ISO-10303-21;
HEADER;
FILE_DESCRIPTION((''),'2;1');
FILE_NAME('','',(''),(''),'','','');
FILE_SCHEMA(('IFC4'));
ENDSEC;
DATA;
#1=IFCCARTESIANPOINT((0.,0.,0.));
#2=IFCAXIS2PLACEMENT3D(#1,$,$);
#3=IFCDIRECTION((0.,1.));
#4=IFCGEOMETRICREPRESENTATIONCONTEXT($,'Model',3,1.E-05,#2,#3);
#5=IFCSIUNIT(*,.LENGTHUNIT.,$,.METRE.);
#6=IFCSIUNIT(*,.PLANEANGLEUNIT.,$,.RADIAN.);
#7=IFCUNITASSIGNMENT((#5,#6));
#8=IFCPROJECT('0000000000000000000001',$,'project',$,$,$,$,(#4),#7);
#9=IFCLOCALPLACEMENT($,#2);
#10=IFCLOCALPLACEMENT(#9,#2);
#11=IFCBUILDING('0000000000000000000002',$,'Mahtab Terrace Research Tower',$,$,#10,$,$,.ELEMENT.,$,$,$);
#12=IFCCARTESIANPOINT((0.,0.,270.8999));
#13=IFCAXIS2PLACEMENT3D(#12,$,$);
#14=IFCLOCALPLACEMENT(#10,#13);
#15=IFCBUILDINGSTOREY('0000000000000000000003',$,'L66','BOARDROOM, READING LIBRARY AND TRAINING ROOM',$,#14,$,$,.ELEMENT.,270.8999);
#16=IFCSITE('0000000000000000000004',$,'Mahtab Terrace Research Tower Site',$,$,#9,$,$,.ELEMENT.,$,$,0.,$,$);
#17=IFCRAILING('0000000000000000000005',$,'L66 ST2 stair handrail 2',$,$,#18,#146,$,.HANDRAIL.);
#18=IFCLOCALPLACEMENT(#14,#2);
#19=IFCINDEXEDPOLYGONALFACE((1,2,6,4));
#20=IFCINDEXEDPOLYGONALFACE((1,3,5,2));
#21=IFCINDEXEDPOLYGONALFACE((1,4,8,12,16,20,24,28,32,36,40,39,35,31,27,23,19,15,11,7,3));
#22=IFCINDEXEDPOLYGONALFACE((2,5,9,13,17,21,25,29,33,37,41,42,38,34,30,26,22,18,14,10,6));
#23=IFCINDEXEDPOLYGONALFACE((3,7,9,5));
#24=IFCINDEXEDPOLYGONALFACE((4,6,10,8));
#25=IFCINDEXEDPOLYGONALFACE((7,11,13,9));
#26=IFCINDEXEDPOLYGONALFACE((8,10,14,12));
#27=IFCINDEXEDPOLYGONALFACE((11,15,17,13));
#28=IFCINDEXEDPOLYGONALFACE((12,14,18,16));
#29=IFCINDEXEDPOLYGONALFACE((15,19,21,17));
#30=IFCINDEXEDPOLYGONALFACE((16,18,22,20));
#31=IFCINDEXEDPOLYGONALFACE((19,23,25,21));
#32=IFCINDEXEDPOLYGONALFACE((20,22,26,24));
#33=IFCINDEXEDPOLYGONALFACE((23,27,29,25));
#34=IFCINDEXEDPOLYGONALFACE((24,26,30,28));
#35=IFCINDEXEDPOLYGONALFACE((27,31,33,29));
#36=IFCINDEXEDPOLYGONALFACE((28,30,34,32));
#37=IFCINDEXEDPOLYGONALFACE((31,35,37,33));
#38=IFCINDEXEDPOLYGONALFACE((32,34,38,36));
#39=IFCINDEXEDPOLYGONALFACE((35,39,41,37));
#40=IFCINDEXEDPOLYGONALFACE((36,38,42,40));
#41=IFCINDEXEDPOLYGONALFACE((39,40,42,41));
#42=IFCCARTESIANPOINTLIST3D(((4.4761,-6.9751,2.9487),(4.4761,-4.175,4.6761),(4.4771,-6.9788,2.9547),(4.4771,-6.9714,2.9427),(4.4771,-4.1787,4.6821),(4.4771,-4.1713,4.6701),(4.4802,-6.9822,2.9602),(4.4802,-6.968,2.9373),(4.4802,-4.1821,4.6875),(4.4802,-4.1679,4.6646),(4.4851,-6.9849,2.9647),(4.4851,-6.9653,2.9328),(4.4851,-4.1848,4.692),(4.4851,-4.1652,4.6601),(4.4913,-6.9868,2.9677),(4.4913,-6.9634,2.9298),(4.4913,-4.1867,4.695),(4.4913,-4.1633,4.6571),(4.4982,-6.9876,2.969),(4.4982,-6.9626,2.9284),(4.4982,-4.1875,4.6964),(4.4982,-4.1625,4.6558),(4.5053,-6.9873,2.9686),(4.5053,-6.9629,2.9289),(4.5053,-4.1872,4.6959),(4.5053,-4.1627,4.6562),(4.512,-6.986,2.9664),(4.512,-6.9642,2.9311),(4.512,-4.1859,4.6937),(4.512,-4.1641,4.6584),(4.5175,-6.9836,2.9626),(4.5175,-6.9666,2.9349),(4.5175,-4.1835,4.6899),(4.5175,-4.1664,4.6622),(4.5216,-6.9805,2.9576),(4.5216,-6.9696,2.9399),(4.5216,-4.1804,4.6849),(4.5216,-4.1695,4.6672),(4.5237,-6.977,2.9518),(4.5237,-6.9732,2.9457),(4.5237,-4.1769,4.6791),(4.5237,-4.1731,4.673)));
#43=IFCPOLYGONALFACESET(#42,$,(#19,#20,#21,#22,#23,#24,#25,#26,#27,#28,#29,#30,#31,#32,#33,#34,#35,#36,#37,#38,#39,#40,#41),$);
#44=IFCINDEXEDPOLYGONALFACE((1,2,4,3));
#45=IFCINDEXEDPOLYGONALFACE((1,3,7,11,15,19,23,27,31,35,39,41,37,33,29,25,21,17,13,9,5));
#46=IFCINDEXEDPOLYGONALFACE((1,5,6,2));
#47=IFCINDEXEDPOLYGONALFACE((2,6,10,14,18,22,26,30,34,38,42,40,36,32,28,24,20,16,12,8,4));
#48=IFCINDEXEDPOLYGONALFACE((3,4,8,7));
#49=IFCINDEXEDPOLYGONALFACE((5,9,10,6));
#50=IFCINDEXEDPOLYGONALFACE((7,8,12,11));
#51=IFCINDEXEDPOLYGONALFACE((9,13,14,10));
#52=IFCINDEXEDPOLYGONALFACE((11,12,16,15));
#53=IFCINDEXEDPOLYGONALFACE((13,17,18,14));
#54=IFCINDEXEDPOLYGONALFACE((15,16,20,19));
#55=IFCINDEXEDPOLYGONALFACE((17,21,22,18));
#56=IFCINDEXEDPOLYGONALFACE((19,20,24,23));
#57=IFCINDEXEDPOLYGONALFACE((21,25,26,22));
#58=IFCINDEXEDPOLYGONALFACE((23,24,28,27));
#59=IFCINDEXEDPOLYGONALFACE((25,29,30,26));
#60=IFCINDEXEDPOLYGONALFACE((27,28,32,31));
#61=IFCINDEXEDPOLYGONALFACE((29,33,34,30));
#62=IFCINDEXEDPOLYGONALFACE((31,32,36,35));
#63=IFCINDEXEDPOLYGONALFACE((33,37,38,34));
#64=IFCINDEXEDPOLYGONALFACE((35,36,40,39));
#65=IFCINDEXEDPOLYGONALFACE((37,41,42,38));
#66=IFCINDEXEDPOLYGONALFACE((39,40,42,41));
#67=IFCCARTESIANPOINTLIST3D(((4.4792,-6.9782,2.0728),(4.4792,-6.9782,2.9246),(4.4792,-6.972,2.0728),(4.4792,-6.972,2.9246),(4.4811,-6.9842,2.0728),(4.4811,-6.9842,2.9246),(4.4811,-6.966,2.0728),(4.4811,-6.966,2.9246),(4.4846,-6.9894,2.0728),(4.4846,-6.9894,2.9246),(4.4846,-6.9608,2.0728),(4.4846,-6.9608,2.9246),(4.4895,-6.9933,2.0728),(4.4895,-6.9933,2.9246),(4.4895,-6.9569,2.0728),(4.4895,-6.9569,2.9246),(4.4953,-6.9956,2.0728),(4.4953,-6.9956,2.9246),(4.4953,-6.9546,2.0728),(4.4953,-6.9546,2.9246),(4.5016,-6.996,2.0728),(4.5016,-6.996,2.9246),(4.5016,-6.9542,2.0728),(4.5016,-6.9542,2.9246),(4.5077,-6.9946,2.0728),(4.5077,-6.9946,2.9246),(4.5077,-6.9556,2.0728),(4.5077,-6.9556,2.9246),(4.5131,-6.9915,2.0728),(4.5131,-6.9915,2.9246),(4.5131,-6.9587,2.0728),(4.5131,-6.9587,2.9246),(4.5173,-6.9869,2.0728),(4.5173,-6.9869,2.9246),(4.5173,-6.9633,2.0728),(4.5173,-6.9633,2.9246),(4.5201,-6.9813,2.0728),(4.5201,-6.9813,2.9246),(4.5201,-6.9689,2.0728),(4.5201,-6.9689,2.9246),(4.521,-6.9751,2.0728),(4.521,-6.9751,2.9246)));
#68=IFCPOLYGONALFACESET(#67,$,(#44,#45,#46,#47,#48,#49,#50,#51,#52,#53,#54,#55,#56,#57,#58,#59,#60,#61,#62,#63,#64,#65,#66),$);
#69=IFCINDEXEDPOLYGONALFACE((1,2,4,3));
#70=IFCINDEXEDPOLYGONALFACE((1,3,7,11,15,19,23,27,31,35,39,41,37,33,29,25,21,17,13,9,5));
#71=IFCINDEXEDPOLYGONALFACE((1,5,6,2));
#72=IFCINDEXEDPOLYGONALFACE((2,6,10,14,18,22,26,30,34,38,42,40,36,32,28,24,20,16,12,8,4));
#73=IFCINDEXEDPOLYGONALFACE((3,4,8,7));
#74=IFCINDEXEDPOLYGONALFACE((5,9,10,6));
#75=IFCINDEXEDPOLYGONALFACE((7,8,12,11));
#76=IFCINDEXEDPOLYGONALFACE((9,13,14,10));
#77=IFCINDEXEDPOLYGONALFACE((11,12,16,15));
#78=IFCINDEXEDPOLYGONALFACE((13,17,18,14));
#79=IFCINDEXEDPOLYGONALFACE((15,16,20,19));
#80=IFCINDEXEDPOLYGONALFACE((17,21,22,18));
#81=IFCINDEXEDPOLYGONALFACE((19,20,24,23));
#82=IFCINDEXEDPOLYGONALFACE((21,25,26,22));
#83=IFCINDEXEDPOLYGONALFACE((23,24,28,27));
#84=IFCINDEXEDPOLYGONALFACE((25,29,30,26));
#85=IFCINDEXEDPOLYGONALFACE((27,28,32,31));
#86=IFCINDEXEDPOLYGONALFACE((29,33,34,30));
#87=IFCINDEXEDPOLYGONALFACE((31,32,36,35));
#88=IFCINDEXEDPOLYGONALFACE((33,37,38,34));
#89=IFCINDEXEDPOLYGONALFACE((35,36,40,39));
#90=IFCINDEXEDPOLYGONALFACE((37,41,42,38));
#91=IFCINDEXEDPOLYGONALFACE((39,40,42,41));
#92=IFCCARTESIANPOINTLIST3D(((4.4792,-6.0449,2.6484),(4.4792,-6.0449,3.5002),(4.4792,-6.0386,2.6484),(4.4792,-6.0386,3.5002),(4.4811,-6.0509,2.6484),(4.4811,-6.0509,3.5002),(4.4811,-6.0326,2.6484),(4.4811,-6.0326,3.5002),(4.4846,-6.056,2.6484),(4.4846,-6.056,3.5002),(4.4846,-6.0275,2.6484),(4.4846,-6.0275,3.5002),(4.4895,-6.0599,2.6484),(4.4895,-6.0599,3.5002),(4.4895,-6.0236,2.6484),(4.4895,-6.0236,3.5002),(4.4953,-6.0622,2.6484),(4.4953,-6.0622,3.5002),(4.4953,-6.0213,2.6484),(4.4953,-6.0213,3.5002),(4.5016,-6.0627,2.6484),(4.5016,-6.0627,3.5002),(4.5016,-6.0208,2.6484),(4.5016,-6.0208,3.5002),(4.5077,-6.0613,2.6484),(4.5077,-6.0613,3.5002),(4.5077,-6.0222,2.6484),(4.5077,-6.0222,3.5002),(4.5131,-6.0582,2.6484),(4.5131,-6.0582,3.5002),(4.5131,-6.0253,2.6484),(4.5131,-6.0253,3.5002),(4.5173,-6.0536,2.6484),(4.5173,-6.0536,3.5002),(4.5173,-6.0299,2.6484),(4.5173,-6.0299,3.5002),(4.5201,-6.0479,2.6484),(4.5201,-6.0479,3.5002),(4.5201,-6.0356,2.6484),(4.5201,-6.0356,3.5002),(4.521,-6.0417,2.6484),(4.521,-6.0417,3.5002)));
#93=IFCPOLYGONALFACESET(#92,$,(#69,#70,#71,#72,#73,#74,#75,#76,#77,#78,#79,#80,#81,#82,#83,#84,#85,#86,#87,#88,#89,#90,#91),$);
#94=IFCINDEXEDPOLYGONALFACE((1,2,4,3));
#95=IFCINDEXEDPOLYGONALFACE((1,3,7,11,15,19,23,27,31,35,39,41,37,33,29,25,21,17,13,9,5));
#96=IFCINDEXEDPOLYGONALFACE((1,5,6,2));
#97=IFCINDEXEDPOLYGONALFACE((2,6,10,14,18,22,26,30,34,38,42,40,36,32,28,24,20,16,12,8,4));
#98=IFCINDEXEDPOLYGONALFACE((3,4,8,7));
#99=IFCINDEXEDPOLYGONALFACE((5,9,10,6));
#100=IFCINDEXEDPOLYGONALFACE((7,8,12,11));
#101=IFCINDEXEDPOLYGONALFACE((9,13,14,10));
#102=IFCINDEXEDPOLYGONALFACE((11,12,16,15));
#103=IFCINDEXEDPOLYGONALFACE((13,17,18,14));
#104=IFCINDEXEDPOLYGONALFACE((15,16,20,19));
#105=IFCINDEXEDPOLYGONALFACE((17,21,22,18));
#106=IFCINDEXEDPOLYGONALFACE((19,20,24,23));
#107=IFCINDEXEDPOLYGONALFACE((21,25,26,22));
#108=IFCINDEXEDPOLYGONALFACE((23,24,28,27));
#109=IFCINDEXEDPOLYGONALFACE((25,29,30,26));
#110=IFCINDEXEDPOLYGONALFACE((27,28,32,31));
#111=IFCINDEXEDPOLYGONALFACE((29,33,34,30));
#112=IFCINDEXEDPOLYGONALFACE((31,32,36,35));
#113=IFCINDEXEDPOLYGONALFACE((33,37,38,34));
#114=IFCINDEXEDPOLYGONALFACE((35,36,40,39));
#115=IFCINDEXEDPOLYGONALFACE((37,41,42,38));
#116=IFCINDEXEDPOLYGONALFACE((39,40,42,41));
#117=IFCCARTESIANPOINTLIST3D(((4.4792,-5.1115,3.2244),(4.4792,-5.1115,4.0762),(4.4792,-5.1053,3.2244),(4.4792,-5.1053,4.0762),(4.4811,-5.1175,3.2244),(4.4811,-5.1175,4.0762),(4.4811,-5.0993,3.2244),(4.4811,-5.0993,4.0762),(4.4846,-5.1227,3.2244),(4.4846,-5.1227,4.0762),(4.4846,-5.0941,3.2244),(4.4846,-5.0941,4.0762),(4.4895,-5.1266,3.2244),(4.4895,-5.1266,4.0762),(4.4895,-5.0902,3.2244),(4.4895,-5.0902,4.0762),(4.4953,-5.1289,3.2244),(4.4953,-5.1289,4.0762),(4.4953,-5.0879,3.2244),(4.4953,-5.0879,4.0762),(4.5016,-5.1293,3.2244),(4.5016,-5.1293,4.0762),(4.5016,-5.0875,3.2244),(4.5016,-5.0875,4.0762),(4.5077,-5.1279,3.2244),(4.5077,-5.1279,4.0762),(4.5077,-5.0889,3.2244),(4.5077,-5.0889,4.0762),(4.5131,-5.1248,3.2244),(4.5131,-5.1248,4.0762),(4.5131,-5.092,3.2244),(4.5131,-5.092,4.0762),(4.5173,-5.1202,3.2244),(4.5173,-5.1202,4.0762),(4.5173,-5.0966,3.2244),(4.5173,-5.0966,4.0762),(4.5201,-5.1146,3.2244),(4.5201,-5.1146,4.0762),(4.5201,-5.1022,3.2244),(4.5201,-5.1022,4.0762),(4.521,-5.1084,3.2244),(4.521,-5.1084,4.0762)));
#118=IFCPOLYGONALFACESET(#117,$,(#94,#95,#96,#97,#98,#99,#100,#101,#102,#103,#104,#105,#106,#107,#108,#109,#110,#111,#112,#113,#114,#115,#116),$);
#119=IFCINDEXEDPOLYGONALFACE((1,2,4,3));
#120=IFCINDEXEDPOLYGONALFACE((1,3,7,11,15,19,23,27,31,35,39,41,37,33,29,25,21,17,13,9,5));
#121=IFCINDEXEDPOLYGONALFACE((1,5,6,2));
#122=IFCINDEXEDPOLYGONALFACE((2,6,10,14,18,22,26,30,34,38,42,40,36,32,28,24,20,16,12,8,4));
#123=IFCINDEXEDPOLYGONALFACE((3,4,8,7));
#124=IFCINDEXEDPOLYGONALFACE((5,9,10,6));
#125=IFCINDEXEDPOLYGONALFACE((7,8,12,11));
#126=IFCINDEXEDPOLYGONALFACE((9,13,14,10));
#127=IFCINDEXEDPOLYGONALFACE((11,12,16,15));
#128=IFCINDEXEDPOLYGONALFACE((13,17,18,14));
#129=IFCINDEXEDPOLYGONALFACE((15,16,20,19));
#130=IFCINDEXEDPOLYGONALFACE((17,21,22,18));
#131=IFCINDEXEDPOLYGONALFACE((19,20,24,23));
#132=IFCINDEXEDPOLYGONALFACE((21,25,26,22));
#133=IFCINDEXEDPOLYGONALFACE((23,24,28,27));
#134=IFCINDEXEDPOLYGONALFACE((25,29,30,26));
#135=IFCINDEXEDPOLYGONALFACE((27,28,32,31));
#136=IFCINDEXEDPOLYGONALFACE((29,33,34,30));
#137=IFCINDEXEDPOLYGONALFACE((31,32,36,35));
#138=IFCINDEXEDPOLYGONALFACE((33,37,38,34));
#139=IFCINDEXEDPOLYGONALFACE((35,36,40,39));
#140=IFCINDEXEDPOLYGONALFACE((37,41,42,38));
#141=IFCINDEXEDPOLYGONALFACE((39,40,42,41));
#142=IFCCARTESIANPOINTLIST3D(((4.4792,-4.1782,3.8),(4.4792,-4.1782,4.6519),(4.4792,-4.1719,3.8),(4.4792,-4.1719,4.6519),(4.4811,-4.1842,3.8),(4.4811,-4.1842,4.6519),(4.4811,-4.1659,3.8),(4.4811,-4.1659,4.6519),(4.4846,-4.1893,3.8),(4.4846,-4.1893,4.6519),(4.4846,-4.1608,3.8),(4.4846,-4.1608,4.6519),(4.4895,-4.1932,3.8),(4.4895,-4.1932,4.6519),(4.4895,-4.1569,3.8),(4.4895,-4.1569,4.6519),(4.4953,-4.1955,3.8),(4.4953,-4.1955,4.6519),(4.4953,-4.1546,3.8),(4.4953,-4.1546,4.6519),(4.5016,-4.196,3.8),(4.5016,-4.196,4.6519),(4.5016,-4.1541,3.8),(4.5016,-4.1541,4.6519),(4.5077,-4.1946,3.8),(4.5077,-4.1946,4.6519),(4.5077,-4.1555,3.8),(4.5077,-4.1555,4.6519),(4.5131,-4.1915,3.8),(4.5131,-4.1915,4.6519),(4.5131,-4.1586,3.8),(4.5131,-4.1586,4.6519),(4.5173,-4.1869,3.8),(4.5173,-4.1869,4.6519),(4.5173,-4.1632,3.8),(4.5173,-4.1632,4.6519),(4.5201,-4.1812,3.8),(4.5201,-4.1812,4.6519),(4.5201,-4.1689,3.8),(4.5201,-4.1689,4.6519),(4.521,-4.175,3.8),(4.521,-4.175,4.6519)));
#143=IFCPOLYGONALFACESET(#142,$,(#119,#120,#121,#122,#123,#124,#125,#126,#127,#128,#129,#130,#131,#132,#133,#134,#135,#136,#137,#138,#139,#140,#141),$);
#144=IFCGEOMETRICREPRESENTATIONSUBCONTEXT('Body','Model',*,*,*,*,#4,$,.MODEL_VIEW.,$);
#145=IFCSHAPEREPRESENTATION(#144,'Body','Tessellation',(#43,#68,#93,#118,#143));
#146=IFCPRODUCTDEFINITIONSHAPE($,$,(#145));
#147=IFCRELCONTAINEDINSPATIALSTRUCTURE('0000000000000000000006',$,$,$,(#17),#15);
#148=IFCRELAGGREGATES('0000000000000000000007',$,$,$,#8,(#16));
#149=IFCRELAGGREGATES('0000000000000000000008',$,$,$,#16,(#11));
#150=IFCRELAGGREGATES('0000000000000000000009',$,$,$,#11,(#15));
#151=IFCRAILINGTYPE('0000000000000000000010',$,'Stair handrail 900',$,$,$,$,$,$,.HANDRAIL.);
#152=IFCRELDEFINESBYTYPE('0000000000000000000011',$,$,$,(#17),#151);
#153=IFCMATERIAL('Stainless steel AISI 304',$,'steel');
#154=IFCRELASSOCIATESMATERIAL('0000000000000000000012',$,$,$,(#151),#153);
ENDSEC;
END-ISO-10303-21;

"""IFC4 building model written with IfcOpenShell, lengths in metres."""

from ifc_helpers import new_model, si_unit, direction, frame, origin, origin_2d, place, context, subcontext, project, spatial, circle, extrude, material, type_object, element, save


model = new_model("IFC4")

# Units and contexts
model_context = context("Model", 3, precision=1e-05, world=origin(), true_north=direction((0.0, 1.0)))
body_context = subcontext(model_context, "Body", "Model", "MODEL_VIEW")
ifc_project = project(units=[si_unit("LENGTHUNIT", "METRE"), si_unit("PLANEANGLEUNIT", "RADIAN")], contexts=[model_context])

# Site, building, storey
site_placement = place(None, origin())
site = spatial("IfcSite", under=ifc_project, at=site_placement, Name="Mahtab Terrace Research Tower Site", CompositionType="ELEMENT", RefElevation=0.0)
building_placement = place(site_placement, origin())
building = spatial("IfcBuilding", under=site, at=building_placement, Name="Mahtab Terrace Research Tower", CompositionType="ELEMENT")
storey_placement = place(building_placement, frame((0.0, 0.0, 270.8999)))
storey = spatial("IfcBuildingStorey", under=building, at=storey_placement, Name="L66", Description="BOARDROOM, READING LIBRARY AND TRAINING ROOM", CompositionType="ELEMENT", Elevation=270.8999)

# Railing
ifc_material_1 = material(Name="Stainless steel AISI 304", Category="steel")
railing_type_1 = type_object("IfcRailingType", Name="Stair handrail 900", PredefinedType="HANDRAIL", material=ifc_material_1)
railing_1_placement = place(storey_placement, frame((4.5, -6.9751, 2.0728)))
element("IfcRailing", 1, at=railing_1_placement, inside=storey, type_object=railing_type_1, Name="L66 ST2 stair handrail 2", PredefinedType="HANDRAIL", context=body_context, shape_type="SweptSolid", body=[
    extrude(circle(Radius=0.0239, at=origin_2d()), frame((0.0, 0.0, 0.876), z_axis=(0.0, 0.85109, 0.52502), x_axis=(-1.0, 0.0, 0.0)), (0.0, 0.0, 1.0), 3.29),
    extrude(circle(Radius=0.021, at=origin_2d()), origin(), (0.0, 0.0, 1.0), 0.8518),
    extrude(circle(Radius=0.021, at=origin_2d()), frame((0.0, 0.9333, 0.5757)), (0.0, 0.0, 1.0), 0.8518),
    extrude(circle(Radius=0.021, at=origin_2d()), frame((0.0, 1.8667, 1.1516)), (0.0, 0.0, 1.0), 0.8518),
    extrude(circle(Radius=0.021, at=origin_2d()), frame((0.0, 2.8, 1.7273)), (0.0, 0.0, 1.0), 0.8518),
])

save(model, "model.ifc")
